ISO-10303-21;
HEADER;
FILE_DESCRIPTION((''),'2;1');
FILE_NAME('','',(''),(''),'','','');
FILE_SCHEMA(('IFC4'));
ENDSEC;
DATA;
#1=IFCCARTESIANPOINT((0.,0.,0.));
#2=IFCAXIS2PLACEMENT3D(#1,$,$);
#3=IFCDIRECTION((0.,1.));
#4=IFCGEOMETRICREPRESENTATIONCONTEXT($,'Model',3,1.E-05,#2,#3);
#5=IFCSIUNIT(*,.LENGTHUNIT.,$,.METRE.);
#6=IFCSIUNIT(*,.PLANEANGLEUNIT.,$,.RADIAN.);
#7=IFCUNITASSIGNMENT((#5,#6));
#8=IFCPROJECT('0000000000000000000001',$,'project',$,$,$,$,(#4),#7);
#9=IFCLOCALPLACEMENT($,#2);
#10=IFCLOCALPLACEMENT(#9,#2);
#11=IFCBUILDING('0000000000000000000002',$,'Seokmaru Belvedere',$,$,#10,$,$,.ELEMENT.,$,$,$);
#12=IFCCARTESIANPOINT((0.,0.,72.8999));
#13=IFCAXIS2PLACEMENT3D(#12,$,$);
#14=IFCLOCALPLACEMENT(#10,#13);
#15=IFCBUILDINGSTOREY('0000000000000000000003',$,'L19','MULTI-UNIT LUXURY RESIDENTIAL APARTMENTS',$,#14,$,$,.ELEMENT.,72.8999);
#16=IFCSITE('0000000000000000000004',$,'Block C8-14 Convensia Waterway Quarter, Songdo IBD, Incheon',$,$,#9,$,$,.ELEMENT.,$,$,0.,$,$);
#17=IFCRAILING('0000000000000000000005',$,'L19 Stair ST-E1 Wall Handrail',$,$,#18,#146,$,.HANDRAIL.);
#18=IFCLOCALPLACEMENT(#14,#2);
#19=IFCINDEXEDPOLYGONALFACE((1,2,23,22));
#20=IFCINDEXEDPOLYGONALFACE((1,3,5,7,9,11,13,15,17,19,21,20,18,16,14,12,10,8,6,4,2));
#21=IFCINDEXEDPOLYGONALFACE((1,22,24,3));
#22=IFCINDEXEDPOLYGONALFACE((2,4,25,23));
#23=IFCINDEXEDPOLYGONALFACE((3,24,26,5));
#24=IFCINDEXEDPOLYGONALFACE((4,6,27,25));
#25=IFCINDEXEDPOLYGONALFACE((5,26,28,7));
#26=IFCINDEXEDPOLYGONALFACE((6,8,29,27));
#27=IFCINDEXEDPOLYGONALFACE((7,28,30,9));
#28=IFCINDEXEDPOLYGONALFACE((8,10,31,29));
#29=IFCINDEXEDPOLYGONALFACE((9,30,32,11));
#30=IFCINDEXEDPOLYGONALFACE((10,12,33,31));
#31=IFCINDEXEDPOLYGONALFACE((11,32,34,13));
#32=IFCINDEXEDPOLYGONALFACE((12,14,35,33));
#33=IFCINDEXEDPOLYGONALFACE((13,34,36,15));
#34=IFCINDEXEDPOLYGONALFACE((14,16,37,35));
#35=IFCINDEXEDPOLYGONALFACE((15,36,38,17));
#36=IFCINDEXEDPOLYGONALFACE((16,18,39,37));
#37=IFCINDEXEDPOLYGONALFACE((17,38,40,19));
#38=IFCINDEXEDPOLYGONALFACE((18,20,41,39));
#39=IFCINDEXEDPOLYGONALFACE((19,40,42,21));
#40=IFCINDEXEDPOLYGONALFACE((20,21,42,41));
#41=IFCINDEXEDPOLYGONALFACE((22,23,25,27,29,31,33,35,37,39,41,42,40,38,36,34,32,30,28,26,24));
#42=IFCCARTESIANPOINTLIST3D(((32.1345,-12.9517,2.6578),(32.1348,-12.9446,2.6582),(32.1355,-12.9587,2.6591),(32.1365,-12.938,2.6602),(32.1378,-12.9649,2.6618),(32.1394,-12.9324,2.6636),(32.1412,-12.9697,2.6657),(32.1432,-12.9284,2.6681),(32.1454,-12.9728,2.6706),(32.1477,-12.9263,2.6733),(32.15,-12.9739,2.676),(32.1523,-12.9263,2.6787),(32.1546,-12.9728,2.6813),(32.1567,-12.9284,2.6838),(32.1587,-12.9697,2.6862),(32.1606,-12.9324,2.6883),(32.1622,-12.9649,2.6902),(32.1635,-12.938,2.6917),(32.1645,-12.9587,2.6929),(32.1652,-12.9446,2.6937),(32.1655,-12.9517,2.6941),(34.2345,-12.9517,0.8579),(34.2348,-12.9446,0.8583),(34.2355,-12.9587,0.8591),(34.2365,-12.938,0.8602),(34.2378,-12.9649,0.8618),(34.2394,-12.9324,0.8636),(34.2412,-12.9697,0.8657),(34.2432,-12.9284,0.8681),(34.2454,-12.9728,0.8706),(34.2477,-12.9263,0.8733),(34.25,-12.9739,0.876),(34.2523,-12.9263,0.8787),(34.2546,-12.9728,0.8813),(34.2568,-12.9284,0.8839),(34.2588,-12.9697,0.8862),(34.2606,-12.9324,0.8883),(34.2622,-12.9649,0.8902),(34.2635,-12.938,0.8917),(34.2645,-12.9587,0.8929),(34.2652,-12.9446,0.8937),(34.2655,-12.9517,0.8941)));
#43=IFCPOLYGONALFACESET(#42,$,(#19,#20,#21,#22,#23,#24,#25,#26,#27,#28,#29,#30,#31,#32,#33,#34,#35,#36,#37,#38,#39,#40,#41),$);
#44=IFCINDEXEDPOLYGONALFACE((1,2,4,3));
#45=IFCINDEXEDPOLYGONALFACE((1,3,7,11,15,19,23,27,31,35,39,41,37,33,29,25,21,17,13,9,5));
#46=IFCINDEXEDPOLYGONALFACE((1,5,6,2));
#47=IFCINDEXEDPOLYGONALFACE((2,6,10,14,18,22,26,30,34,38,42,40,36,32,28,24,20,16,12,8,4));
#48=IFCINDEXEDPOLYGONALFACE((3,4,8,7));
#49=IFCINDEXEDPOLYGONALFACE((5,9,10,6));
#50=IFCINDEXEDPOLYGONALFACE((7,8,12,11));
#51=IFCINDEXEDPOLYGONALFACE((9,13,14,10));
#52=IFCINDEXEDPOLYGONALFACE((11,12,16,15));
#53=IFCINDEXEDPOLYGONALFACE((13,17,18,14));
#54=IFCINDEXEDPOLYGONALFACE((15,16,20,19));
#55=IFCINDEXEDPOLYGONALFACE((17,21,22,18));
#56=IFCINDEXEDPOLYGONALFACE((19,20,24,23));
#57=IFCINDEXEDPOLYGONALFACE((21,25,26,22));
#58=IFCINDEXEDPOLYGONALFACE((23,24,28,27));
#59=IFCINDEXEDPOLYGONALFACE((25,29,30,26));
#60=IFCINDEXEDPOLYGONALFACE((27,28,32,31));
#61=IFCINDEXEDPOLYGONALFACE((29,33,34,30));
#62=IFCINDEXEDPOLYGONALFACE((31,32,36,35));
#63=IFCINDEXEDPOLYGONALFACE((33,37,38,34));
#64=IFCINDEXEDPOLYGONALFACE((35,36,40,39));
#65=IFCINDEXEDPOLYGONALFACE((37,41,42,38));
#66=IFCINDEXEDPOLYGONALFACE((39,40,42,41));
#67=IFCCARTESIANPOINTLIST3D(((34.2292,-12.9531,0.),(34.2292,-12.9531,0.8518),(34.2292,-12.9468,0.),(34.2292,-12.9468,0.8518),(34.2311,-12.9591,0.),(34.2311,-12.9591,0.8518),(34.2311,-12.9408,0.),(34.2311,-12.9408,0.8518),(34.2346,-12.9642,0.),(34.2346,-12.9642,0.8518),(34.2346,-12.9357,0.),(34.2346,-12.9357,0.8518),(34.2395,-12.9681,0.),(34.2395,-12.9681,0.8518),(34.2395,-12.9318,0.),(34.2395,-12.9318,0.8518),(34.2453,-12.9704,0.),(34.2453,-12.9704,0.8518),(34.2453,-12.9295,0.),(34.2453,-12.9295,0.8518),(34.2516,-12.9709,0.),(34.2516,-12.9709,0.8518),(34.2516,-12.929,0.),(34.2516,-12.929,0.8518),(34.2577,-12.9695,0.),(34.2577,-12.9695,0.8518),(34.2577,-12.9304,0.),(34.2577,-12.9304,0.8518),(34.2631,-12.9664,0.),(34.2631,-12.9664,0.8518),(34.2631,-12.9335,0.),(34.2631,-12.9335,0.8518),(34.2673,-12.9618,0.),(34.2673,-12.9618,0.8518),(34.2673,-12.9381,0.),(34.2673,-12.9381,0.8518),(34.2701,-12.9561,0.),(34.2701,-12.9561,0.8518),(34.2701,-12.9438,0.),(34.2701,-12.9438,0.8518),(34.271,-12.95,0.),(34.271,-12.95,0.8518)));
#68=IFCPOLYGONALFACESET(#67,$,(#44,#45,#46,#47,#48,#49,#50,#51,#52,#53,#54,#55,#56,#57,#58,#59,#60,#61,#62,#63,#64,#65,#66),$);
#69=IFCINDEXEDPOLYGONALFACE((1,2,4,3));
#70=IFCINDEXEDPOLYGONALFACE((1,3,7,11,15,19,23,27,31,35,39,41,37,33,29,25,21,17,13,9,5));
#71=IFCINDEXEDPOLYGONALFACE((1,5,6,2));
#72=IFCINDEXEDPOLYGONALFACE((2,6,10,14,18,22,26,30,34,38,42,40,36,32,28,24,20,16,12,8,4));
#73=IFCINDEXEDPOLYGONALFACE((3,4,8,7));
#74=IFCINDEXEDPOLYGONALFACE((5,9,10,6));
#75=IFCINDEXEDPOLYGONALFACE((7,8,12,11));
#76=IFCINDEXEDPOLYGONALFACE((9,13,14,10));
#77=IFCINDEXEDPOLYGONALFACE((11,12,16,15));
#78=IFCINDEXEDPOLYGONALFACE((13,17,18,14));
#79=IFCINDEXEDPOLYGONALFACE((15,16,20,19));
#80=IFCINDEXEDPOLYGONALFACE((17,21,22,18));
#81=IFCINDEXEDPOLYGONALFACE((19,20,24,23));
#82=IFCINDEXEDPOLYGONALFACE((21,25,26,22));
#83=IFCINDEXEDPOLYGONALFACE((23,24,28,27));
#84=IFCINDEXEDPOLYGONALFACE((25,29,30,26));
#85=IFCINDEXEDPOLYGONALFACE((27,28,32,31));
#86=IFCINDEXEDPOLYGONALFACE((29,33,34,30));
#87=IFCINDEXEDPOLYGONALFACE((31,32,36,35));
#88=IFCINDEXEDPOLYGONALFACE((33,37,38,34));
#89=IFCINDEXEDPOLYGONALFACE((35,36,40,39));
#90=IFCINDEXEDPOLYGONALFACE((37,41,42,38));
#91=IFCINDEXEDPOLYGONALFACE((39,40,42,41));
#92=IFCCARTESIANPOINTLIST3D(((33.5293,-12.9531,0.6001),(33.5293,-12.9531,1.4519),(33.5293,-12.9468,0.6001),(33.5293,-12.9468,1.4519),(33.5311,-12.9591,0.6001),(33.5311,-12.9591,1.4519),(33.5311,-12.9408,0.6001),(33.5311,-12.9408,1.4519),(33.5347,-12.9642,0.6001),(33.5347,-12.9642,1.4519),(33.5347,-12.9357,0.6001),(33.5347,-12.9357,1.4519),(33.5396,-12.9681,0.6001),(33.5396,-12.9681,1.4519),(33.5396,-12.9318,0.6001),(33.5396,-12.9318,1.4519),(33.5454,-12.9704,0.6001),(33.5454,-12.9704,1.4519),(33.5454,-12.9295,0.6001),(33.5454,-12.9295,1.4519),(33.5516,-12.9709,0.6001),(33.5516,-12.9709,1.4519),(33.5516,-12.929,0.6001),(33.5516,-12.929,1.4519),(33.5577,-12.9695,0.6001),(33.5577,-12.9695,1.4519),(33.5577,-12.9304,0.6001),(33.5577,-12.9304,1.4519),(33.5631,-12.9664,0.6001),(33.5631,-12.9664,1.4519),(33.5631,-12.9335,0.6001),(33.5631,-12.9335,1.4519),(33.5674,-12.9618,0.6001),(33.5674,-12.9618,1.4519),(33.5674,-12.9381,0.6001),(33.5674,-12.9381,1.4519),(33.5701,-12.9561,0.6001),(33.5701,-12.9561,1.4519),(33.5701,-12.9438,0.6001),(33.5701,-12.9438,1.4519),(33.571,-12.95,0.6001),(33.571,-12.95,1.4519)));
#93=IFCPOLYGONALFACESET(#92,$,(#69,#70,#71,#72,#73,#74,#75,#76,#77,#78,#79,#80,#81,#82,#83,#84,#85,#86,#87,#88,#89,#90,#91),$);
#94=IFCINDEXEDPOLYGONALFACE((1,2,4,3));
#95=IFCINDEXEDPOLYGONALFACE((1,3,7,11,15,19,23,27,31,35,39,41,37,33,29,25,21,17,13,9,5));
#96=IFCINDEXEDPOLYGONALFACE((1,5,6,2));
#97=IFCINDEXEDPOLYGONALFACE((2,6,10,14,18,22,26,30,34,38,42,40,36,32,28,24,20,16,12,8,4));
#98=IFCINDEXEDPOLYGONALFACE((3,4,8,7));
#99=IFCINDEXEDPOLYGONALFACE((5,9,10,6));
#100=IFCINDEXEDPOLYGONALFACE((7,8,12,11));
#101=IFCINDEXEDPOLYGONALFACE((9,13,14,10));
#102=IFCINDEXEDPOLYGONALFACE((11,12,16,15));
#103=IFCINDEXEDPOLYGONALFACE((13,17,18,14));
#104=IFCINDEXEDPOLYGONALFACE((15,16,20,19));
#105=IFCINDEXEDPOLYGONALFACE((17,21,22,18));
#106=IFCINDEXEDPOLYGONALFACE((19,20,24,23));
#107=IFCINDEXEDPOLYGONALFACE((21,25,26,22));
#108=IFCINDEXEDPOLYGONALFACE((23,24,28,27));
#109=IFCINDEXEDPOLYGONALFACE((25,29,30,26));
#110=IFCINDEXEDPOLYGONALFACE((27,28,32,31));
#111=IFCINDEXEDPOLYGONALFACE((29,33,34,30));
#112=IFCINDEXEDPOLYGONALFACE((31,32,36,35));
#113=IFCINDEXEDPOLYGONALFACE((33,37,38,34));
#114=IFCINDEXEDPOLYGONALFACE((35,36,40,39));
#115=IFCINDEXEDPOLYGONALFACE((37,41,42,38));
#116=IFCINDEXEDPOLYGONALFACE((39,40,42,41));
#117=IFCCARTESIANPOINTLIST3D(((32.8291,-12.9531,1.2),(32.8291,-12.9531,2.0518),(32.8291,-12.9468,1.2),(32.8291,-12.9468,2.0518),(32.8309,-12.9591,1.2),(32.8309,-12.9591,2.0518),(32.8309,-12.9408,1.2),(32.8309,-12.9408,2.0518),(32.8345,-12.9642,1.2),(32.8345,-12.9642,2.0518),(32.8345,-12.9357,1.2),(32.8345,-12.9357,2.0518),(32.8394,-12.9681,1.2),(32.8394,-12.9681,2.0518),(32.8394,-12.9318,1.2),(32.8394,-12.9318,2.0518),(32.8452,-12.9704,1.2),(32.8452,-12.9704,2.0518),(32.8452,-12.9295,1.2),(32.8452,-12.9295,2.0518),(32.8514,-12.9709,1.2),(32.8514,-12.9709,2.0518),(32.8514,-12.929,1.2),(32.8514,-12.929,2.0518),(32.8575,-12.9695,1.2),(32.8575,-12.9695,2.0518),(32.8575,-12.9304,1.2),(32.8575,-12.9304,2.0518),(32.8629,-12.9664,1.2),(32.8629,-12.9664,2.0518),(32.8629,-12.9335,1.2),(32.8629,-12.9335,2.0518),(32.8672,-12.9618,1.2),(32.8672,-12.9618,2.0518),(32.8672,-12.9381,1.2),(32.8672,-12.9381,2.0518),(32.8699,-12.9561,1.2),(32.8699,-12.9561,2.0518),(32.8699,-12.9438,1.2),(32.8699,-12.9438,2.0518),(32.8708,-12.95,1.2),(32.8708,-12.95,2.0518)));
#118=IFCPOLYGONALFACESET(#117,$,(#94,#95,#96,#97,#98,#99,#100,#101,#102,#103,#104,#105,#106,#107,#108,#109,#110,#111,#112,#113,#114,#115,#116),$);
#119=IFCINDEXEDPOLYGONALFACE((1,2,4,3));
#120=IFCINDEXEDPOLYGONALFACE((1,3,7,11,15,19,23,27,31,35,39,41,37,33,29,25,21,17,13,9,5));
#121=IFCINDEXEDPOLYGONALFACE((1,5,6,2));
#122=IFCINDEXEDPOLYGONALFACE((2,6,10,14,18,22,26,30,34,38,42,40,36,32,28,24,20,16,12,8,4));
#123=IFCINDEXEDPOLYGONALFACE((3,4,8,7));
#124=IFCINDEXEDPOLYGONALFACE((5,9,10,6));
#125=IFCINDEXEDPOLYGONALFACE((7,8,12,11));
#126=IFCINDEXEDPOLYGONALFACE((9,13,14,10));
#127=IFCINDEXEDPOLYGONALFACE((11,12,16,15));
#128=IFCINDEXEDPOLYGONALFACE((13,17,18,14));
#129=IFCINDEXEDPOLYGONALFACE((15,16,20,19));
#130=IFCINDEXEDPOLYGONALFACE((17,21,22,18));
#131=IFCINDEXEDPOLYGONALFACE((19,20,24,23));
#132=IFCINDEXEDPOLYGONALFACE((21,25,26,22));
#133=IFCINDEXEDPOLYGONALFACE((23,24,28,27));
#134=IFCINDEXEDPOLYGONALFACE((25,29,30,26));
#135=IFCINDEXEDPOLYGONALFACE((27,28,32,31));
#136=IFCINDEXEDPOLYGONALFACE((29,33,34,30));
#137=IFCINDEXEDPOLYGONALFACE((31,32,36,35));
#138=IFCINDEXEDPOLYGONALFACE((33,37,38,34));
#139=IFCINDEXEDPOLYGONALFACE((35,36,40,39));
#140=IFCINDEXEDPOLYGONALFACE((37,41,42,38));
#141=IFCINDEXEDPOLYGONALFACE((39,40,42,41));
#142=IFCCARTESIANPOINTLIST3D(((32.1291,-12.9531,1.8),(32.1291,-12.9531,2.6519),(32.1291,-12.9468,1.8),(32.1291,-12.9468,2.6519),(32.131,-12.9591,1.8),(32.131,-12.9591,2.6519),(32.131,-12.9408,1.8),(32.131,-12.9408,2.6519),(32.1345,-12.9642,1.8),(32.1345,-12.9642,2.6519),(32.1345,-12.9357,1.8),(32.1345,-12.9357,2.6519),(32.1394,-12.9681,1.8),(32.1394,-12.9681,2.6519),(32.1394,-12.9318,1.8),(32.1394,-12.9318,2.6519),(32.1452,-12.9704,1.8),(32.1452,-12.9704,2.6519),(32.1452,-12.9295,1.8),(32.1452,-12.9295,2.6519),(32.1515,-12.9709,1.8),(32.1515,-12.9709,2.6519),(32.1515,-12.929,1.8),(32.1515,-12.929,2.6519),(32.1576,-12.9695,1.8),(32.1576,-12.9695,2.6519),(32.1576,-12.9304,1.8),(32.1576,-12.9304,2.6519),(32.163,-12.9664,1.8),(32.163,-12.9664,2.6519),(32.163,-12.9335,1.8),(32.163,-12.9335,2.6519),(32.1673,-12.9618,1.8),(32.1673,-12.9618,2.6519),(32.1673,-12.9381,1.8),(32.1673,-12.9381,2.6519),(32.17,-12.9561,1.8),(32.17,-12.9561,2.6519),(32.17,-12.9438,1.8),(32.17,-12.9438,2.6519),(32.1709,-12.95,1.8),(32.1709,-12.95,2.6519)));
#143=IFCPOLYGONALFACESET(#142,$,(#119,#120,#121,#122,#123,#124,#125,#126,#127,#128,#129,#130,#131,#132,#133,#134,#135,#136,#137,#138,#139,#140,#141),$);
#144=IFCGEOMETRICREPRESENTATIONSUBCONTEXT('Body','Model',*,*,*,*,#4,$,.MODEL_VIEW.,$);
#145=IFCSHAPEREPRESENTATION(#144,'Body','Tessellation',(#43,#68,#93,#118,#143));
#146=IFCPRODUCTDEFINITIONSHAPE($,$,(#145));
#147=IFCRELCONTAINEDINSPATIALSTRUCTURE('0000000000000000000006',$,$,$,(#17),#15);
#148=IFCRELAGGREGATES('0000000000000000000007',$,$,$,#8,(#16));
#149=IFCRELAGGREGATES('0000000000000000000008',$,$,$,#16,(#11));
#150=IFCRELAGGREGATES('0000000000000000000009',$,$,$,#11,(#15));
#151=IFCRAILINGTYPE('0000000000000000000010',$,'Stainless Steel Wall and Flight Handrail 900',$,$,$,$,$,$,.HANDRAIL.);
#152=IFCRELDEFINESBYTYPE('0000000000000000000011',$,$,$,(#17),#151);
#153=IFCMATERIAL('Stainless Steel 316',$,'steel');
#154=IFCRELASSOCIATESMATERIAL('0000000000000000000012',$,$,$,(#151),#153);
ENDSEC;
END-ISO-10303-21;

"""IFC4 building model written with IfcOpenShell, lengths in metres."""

from ifc_helpers import new_model, si_unit, direction, frame, origin, origin_2d, place, context, subcontext, project, spatial, circle, extrude, material, type_object, element, save


model = new_model("IFC4")

# Units and contexts
model_context = context("Model", 3, precision=1e-05, world=origin(), true_north=direction((0.0, 1.0)))
body_context = subcontext(model_context, "Body", "Model", "MODEL_VIEW")
ifc_project = project(units=[si_unit("LENGTHUNIT", "METRE"), si_unit("PLANEANGLEUNIT", "RADIAN")], contexts=[model_context])

# Site, building, storey
site_placement = place(None, origin())
site = spatial("IfcSite", under=ifc_project, at=site_placement, Name="Block C8-14 Convensia Waterway Quarter, Songdo IBD, Incheon", CompositionType="ELEMENT", RefElevation=0.0)
building_placement = place(site_placement, origin())
building = spatial("IfcBuilding", under=site, at=building_placement, Name="Seokmaru Belvedere", CompositionType="ELEMENT")
storey_placement = place(building_placement, frame((0.0, 0.0, 72.8999)))
storey = spatial("IfcBuildingStorey", under=building, at=storey_placement, Name="L19", Description="MULTI-UNIT LUXURY RESIDENTIAL APARTMENTS", CompositionType="ELEMENT", Elevation=72.8999)

# Shared definitions
ifc_material_1 = material(Name="Stainless Steel 316", Category="steel")

# Railing
railing_type_1 = type_object("IfcRailingType", Name="Stainless Steel Wall and Flight Handrail 900", PredefinedType="HANDRAIL", material=ifc_material_1)
railing_1_placement = place(storey_placement, frame((34.25, -12.95, 0.0)))
element("IfcRailing", 1, at=railing_1_placement, inside=storey, type_object=railing_type_1, Name="L19 Stair ST-E1 Wall Handrail", PredefinedType="HANDRAIL", context=body_context, shape_type="SweptSolid", body=[
    extrude(circle(Radius=0.0239, at=origin_2d()), frame((0.0, 0.0, 0.876), z_axis=(-0.759263, 0.0, 0.650784), x_axis=(0.0, -1.0, 0.0)), (0.0, 0.0, 1.0), 2.7659),
    extrude(circle(Radius=0.021, at=origin_2d()), origin(), (0.0, 0.0, 1.0), 0.8518),
    extrude(circle(Radius=0.021, at=origin_2d()), frame((-0.7, 0.0, 0.6001)), (0.0, 0.0, 1.0), 0.8518),
    extrude(circle(Radius=0.021, at=origin_2d()), frame((-1.4001, 0.0, 1.2)), (0.0, 0.0, 1.0), 0.8518),
    extrude(circle(Radius=0.021, at=origin_2d()), frame((-2.1001, 0.0, 1.8)), (0.0, 0.0, 1.0), 0.8518),
])

save(model, "model.ifc")
